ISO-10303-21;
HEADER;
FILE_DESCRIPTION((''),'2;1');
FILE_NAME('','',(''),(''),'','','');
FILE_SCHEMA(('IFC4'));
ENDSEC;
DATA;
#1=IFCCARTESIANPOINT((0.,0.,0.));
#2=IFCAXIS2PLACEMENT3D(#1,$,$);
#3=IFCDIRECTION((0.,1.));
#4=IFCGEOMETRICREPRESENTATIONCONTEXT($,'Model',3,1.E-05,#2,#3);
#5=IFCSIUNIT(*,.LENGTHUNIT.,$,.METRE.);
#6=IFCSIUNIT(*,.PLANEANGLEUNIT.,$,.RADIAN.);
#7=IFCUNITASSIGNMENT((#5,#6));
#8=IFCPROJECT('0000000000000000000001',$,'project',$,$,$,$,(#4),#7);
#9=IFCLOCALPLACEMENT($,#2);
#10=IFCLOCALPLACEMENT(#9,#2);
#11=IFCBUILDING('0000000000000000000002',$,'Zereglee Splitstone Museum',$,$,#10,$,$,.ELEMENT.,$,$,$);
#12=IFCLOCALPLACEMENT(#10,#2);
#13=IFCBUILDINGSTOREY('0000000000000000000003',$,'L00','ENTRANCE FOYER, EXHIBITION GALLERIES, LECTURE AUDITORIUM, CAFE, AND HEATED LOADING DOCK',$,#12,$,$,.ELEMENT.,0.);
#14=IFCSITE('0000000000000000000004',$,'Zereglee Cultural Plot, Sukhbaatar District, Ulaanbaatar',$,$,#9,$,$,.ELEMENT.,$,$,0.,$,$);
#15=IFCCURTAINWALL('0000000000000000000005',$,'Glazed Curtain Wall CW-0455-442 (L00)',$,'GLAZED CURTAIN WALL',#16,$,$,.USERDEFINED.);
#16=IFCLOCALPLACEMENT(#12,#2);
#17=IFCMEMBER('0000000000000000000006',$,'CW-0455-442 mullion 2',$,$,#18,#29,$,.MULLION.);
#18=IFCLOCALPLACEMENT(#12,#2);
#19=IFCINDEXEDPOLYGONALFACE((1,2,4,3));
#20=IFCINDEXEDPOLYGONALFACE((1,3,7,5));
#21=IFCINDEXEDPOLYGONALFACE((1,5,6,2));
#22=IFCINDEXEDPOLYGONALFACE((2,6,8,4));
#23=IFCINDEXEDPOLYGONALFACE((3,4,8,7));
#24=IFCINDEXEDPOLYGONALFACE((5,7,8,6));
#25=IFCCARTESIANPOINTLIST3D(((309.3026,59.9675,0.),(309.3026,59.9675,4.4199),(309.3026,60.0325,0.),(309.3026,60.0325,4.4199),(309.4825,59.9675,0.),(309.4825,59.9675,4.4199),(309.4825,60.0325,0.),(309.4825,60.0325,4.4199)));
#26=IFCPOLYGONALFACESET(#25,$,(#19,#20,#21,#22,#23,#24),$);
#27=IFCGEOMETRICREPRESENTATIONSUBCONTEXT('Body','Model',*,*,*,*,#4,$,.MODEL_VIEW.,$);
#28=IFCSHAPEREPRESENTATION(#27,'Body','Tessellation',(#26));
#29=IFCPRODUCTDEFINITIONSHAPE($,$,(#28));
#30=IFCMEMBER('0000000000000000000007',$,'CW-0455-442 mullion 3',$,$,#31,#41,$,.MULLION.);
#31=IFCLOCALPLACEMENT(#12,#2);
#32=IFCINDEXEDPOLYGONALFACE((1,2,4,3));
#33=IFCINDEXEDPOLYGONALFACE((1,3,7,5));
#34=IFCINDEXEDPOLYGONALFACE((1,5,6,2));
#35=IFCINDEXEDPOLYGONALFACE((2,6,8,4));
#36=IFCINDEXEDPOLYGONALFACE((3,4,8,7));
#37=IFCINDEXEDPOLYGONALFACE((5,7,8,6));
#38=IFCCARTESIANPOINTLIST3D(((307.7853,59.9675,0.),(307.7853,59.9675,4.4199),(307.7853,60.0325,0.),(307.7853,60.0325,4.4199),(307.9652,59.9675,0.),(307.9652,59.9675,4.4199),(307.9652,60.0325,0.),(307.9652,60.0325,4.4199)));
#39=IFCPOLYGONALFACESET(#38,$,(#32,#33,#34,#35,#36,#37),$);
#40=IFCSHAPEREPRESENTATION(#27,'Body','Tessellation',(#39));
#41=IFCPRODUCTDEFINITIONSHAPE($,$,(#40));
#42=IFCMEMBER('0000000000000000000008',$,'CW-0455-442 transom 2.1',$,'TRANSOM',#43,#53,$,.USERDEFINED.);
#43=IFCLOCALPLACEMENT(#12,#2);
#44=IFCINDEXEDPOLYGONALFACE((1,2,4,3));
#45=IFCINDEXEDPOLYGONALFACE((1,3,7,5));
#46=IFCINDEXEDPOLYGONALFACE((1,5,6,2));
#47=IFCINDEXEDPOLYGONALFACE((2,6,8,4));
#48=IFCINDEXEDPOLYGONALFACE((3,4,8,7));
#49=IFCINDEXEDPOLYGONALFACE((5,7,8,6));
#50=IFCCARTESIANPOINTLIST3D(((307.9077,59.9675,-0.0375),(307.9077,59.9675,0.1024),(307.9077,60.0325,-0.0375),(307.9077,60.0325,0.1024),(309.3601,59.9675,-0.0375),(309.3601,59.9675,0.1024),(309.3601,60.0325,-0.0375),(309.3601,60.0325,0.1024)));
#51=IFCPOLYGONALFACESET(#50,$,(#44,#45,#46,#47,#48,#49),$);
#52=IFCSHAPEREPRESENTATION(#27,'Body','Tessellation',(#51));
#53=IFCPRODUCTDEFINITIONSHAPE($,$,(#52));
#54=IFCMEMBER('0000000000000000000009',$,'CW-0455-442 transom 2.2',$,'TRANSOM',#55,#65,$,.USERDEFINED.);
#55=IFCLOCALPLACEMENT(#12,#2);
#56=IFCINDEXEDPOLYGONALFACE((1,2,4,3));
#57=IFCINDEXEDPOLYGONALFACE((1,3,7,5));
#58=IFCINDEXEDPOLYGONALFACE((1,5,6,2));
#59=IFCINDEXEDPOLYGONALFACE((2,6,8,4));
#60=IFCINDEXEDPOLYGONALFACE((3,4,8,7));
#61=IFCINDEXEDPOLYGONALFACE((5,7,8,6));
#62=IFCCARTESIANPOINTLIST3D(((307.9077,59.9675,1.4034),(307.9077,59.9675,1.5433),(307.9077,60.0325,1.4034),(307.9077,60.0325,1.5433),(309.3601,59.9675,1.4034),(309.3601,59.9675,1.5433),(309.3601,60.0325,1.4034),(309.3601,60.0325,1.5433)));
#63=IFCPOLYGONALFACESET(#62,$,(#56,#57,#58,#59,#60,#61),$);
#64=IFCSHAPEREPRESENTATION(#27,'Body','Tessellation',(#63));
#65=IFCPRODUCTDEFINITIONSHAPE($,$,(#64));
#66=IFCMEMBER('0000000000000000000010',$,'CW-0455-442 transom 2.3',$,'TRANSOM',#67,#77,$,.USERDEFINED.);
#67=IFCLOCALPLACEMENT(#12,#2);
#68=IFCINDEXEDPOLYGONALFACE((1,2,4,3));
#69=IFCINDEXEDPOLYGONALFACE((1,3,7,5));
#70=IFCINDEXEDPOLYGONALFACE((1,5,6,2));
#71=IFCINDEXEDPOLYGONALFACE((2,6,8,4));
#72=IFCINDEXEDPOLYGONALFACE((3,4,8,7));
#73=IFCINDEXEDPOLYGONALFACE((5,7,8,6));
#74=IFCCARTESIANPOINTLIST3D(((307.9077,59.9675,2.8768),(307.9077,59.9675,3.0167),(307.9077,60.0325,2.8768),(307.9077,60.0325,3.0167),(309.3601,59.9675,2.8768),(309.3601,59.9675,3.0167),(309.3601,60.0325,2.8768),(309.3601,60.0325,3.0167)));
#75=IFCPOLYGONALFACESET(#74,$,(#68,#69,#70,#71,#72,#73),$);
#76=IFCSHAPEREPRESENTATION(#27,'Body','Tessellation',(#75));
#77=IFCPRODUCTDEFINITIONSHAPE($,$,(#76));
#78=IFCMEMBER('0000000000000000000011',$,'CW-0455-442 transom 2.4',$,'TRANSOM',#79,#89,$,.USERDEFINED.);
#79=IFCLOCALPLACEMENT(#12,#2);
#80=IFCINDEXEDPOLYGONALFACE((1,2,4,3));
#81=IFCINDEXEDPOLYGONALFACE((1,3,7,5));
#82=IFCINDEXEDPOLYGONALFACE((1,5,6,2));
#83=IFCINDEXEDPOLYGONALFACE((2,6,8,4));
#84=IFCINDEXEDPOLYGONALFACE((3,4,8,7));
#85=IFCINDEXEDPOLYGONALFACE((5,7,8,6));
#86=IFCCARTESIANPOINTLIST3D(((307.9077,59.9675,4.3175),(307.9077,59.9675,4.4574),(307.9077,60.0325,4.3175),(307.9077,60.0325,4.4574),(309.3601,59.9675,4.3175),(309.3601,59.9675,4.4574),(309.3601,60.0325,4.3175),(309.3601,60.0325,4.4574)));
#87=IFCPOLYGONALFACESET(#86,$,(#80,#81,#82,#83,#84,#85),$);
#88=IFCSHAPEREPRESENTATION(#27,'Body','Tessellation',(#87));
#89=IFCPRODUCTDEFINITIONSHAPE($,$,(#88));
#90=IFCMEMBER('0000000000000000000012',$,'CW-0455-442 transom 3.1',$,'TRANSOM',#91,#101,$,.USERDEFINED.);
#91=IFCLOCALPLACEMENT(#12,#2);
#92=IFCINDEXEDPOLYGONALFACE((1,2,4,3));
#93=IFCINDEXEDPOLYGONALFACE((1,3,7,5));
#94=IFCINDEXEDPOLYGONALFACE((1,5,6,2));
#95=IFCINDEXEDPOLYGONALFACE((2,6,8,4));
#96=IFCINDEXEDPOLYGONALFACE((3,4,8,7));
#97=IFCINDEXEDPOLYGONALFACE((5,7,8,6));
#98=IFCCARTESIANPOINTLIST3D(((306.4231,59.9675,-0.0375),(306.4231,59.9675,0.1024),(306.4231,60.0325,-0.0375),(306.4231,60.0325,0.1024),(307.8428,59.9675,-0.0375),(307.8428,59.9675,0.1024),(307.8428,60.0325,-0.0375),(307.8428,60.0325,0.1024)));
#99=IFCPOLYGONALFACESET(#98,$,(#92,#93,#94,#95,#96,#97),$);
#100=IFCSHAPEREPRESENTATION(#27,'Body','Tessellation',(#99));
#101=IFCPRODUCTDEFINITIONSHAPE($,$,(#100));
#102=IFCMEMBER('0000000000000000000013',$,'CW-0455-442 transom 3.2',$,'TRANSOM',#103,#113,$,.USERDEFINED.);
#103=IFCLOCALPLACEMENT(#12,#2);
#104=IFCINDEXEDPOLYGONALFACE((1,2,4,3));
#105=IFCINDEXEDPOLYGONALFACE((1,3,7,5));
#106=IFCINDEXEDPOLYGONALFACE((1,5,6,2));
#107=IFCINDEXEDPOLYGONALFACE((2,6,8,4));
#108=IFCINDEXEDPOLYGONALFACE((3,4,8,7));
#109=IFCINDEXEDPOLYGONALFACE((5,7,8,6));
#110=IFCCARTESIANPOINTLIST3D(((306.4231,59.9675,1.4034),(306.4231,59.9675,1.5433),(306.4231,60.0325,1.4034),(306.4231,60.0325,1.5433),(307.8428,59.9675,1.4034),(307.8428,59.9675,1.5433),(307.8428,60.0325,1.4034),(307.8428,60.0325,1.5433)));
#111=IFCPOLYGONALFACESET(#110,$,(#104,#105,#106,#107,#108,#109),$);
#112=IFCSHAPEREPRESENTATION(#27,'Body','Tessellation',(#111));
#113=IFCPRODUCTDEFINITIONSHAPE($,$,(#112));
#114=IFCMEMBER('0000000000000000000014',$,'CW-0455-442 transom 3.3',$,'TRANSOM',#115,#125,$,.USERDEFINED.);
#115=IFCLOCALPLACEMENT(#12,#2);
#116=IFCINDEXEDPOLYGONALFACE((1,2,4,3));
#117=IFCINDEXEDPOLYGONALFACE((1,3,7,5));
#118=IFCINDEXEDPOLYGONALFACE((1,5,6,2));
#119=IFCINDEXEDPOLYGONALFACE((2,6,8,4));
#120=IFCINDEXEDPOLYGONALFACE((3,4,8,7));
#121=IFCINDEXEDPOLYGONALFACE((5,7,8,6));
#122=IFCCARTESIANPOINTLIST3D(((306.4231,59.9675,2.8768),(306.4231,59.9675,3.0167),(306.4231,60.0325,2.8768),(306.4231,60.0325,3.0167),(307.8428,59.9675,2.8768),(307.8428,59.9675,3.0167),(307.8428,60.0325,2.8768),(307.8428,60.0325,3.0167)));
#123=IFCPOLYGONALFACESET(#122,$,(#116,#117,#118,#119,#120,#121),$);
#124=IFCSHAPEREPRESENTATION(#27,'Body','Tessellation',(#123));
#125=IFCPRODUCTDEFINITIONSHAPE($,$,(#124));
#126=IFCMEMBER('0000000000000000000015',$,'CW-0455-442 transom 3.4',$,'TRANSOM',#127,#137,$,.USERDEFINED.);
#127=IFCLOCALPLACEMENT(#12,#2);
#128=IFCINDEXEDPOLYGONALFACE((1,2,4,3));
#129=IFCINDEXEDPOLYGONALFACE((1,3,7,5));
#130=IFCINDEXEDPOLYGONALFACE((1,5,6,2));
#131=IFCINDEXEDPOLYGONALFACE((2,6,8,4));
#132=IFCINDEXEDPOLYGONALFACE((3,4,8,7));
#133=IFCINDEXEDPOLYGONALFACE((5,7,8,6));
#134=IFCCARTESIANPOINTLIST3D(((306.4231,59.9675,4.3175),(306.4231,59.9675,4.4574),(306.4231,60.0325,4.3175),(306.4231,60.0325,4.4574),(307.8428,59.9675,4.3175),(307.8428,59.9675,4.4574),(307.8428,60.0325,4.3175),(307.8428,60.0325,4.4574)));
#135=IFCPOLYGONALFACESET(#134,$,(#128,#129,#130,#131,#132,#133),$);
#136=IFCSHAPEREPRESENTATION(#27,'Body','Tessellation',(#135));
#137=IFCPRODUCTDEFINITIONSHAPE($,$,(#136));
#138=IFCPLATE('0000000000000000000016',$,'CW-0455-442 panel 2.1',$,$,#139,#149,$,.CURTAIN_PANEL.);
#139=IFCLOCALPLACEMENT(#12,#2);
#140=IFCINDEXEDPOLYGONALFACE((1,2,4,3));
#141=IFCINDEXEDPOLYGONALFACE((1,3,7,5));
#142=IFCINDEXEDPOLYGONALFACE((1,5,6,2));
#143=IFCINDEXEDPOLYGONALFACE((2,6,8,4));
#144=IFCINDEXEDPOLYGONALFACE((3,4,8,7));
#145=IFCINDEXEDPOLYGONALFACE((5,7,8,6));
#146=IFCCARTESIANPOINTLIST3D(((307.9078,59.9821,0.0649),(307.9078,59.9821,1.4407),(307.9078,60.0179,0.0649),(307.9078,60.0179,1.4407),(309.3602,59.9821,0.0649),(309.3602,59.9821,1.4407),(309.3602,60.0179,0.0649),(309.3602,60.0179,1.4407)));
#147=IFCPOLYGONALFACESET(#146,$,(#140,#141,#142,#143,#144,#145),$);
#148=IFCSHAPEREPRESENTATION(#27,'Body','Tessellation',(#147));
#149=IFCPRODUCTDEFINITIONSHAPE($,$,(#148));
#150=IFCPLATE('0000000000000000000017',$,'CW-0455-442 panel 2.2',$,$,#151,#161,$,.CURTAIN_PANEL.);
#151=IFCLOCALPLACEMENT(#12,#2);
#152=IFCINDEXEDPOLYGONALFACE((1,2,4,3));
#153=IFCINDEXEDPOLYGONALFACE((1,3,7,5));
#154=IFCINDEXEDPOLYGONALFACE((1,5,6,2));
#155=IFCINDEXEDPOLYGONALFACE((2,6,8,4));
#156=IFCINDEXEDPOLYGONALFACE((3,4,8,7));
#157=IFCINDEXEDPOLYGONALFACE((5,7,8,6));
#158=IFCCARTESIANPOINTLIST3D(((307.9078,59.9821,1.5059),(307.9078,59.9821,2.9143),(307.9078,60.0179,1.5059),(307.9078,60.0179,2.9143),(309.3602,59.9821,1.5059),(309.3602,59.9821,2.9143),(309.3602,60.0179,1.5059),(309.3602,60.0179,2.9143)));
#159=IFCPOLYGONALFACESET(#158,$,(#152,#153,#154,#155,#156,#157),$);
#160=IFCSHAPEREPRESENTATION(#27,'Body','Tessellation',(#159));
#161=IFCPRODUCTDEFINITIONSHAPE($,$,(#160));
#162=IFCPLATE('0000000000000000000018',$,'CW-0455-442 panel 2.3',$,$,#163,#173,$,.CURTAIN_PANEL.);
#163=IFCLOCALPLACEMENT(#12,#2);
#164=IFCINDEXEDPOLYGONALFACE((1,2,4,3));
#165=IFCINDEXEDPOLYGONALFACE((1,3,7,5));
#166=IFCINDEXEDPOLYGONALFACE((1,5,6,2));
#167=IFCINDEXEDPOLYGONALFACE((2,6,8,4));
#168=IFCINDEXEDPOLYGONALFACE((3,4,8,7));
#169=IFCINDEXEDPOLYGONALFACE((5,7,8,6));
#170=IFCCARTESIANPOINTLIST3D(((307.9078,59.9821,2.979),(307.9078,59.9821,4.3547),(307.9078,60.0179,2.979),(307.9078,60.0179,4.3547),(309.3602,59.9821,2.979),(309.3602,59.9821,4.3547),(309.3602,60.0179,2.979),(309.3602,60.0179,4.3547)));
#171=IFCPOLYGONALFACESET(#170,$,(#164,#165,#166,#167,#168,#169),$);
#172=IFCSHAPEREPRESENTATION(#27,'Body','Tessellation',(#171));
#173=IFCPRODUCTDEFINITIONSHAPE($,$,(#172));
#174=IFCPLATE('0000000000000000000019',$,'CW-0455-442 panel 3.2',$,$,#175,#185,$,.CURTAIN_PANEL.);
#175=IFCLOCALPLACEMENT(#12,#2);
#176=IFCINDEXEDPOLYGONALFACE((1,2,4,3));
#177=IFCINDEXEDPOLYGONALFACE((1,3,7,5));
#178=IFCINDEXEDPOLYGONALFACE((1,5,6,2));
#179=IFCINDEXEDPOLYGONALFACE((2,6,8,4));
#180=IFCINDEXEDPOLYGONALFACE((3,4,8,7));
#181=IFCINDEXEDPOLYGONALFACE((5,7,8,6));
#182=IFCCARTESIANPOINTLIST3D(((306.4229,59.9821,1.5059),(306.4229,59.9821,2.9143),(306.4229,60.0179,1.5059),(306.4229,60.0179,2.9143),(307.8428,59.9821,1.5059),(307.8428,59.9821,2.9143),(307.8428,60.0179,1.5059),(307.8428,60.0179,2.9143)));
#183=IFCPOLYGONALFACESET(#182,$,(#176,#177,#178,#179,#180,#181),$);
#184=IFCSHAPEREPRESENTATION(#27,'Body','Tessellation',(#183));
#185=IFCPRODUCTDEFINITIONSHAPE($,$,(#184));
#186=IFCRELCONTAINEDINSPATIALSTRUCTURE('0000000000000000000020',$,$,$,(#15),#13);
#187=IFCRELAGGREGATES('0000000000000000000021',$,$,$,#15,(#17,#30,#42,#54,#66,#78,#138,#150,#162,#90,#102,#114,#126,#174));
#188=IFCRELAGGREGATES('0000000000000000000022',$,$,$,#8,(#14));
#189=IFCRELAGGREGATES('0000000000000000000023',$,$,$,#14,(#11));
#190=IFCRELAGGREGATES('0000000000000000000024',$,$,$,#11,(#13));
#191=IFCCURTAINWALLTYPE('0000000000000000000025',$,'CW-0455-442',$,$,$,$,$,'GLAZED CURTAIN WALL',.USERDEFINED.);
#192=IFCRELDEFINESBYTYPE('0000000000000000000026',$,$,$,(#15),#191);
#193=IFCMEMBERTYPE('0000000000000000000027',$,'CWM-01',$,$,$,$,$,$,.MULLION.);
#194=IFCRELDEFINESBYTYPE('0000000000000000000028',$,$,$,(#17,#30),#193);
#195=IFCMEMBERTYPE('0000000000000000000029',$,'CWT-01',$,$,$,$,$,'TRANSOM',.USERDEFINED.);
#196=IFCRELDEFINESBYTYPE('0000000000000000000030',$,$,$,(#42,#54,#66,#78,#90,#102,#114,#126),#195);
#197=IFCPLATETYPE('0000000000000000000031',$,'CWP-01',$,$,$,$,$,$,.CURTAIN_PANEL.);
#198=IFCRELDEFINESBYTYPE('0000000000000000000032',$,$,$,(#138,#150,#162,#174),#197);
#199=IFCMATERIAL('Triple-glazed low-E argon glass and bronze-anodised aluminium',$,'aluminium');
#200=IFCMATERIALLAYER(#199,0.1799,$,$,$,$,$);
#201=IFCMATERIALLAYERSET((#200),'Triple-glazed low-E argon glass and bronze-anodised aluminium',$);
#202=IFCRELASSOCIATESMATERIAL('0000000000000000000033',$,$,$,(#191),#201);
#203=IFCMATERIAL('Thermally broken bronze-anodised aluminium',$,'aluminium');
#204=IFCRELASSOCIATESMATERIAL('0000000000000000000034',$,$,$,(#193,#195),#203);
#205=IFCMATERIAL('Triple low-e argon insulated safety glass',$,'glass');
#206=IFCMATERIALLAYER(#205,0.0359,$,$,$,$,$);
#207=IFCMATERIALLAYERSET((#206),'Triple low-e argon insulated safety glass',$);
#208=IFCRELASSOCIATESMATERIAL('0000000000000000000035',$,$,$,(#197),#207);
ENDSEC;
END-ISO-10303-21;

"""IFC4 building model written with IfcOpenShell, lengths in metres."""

from ifc_helpers import new_model, si_unit, direction, frame, origin, origin_2d, place, context, subcontext, project, spatial, rectangle, extrude, material, layer, layer_set, material_profile, profile_set, type_object, element, aggregate, save


model = new_model("IFC4")

# Units and contexts
model_context = context("Model", 3, precision=1e-05, world=origin(), true_north=direction((0.0, 1.0)))
body_context = subcontext(model_context, "Body", "Model", "MODEL_VIEW")
ifc_project = project(units=[si_unit("LENGTHUNIT", "METRE"), si_unit("PLANEANGLEUNIT", "RADIAN")], contexts=[model_context])

# Site, building, storey
site_placement = place(None, origin())
site = spatial("IfcSite", under=ifc_project, at=site_placement, Name="Zereglee Cultural Plot, Sukhbaatar District, Ulaanbaatar", CompositionType="ELEMENT", RefElevation=0.0)
building_placement = place(site_placement, origin())
building = spatial("IfcBuilding", under=site, at=building_placement, Name="Zereglee Splitstone Museum", CompositionType="ELEMENT")
storey_placement = place(building_placement, origin())
storey = spatial("IfcBuildingStorey", under=building, at=storey_placement, Name="L00", Description="ENTRANCE FOYER, EXHIBITION GALLERIES, LECTURE AUDITORIUM, CAFE, AND HEATED LOADING DOCK", CompositionType="ELEMENT", Elevation=0.0)

# Curtain wall, members, plates
ifc_material_1 = material(Name="Triple-glazed low-E argon glass and bronze-anodised aluminium", Category="aluminium")
ifc_layer_1 = layer(ifc_material_1, 0.1799)
ifc_layer_set_1 = layer_set([ifc_layer_1], Name="Triple-glazed low-E argon glass and bronze-anodised aluminium")
curtain_wall_type = type_object("IfcCurtainWallType", Name="CW-0455-442", ElementType="GLAZED CURTAIN WALL", PredefinedType="USERDEFINED", material=ifc_layer_set_1)
curtain_wall_placement = place(storey_placement, origin())
curtain_wall = element("IfcCurtainWall", 1, at=curtain_wall_placement, inside=storey, type_object=curtain_wall_type, Name="Glazed Curtain Wall CW-0455-442 (L00)", ObjectType="GLAZED CURTAIN WALL", PredefinedType="USERDEFINED")
ifc_material_2 = material(Name="Thermally broken bronze-anodised aluminium", Category="aluminium")
ifc_material_profile_1 = material_profile(ifc_material_2, rectangle(XDim=0.0649, YDim=0.1799, at=origin_2d()), Name="CW MULL 65x180")
ifc_profile_set_1 = profile_set([ifc_material_profile_1], Name="Thermally broken bronze-anodised aluminium")
member_type_1 = type_object("IfcMemberType", Name="CWM-01", PredefinedType="MULLION", material=ifc_profile_set_1)
member_1_placement = place(storey_placement, frame((309.3926, 60.0, 0.0), z_axis=(0.0, 0.0, 1.0), x_axis=(0.0, -1.0, 0.0)))
member_1 = element("IfcMember", 2, at=member_1_placement, type_object=member_type_1, Name="CW-0455-442 mullion 2", PredefinedType="MULLION", context=body_context, shape_type="SweptSolid", body=[
    extrude(rectangle(XDim=0.0649, YDim=0.1799, at=origin_2d()), origin(), (0.0, 0.0, 1.0), 4.4199),
])
member_2_placement = place(storey_placement, frame((307.8752, 60.0, 0.0), z_axis=(0.0, 0.0, 1.0), x_axis=(0.0, -1.0, 0.0)))
member_2 = element("IfcMember", 3, at=member_2_placement, type_object=member_type_1, Name="CW-0455-442 mullion 3", PredefinedType="MULLION", context=body_context, shape_type="SweptSolid", body=[
    extrude(rectangle(XDim=0.0649, YDim=0.1799, at=origin_2d()), origin(), (0.0, 0.0, 1.0), 4.4199),
])
ifc_material_profile_2 = material_profile(ifc_material_2, rectangle(XDim=0.0649, YDim=0.1399, at=origin_2d()), Name="CW TRAN 65x140")
ifc_profile_set_2 = profile_set([ifc_material_profile_2], Name="Thermally broken bronze-anodised aluminium")
member_type_2 = type_object("IfcMemberType", Name="CWT-01", ElementType="TRANSOM", PredefinedType="USERDEFINED", material=ifc_profile_set_2)
member_3_placement = place(storey_placement, frame((309.3601, 60.0, 0.0325), z_axis=(-1.0, 0.0, 0.0), x_axis=(0.0, -1.0, 0.0)))
member_3 = element("IfcMember", 4, at=member_3_placement, type_object=member_type_2, Name="CW-0455-442 transom 2.1", ObjectType="TRANSOM", PredefinedType="USERDEFINED", context=body_context, shape_type="SweptSolid", body=[
    extrude(rectangle(XDim=0.0649, YDim=0.1399, at=origin_2d()), origin(), (0.0, 0.0, 1.0), 1.4524),
])
member_4_placement = place(storey_placement, frame((309.3601, 60.0, 1.4734), z_axis=(-1.0, 0.0, 0.0), x_axis=(0.0, -1.0, 0.0)))
member_4 = element("IfcMember", 5, at=member_4_placement, type_object=member_type_2, Name="CW-0455-442 transom 2.2", ObjectType="TRANSOM", PredefinedType="USERDEFINED", context=body_context, shape_type="SweptSolid", body=[
    extrude(rectangle(XDim=0.0649, YDim=0.1399, at=origin_2d()), origin(), (0.0, 0.0, 1.0), 1.4524),
])
member_5_placement = place(storey_placement, frame((309.3601, 60.0, 2.9468), z_axis=(-1.0, 0.0, 0.0), x_axis=(0.0, -1.0, 0.0)))
member_5 = element("IfcMember", 6, at=member_5_placement, type_object=member_type_2, Name="CW-0455-442 transom 2.3", ObjectType="TRANSOM", PredefinedType="USERDEFINED", context=body_context, shape_type="SweptSolid", body=[
    extrude(rectangle(XDim=0.0649, YDim=0.1399, at=origin_2d()), origin(), (0.0, 0.0, 1.0), 1.4524),
])
member_6_placement = place(storey_placement, frame((309.3601, 60.0, 4.3875), z_axis=(-1.0, 0.0, 0.0), x_axis=(0.0, -1.0, 0.0)))
member_6 = element("IfcMember", 7, at=member_6_placement, type_object=member_type_2, Name="CW-0455-442 transom 2.4", ObjectType="TRANSOM", PredefinedType="USERDEFINED", context=body_context, shape_type="SweptSolid", body=[
    extrude(rectangle(XDim=0.0649, YDim=0.1399, at=origin_2d()), origin(), (0.0, 0.0, 1.0), 1.4524),
])
member_7_placement = place(storey_placement, frame((307.8428, 60.0, 0.0325), z_axis=(-1.0, 0.0, 0.0), x_axis=(0.0, -1.0, 0.0)))
member_7 = element("IfcMember", 8, at=member_7_placement, type_object=member_type_2, Name="CW-0455-442 transom 3.1", ObjectType="TRANSOM", PredefinedType="USERDEFINED", context=body_context, shape_type="SweptSolid", body=[
    extrude(rectangle(XDim=0.0649, YDim=0.1399, at=origin_2d()), origin(), (0.0, 0.0, 1.0), 1.4197),
])
member_8_placement = place(storey_placement, frame((307.8428, 60.0, 1.4734), z_axis=(-1.0, 0.0, 0.0), x_axis=(0.0, -1.0, 0.0)))
member_8 = element("IfcMember", 9, at=member_8_placement, type_object=member_type_2, Name="CW-0455-442 transom 3.2", ObjectType="TRANSOM", PredefinedType="USERDEFINED", context=body_context, shape_type="SweptSolid", body=[
    extrude(rectangle(XDim=0.0649, YDim=0.1399, at=origin_2d()), origin(), (0.0, 0.0, 1.0), 1.4197),
])
member_9_placement = place(storey_placement, frame((307.8428, 60.0, 2.9468), z_axis=(-1.0, 0.0, 0.0), x_axis=(0.0, -1.0, 0.0)))
member_9 = element("IfcMember", 10, at=member_9_placement, type_object=member_type_2, Name="CW-0455-442 transom 3.3", ObjectType="TRANSOM", PredefinedType="USERDEFINED", context=body_context, shape_type="SweptSolid", body=[
    extrude(rectangle(XDim=0.0649, YDim=0.1399, at=origin_2d()), origin(), (0.0, 0.0, 1.0), 1.4197),
])
member_10_placement = place(storey_placement, frame((307.8428, 60.0, 4.3875), z_axis=(-1.0, 0.0, 0.0), x_axis=(0.0, -1.0, 0.0)))
member_10 = element("IfcMember", 11, at=member_10_placement, type_object=member_type_2, Name="CW-0455-442 transom 3.4", ObjectType="TRANSOM", PredefinedType="USERDEFINED", context=body_context, shape_type="SweptSolid", body=[
    extrude(rectangle(XDim=0.0649, YDim=0.1399, at=origin_2d()), origin(), (0.0, 0.0, 1.0), 1.4197),
])
ifc_material_3 = material(Name="Triple low-e argon insulated safety glass", Category="glass")
ifc_layer_2 = layer(ifc_material_3, 0.0359)
ifc_layer_set_2 = layer_set([ifc_layer_2], Name="Triple low-e argon insulated safety glass")
plate_type = type_object("IfcPlateType", Name="CWP-01", PredefinedType="CURTAIN_PANEL", material=ifc_layer_set_2)
plate_1_placement = place(storey_placement, frame((308.634, 60.0, 0.0649), z_axis=(0.0, 0.0, 1.0), x_axis=(-1.0, 0.0, 0.0)))
plate_1 = element("IfcPlate", 12, at=plate_1_placement, type_object=plate_type, Name="CW-0455-442 panel 2.1", PredefinedType="CURTAIN_PANEL", context=body_context, shape_type="SweptSolid", body=[
    extrude(rectangle(XDim=1.4524, YDim=0.0359, at=origin_2d()), origin(), (0.0, 0.0, 1.0), 1.3757),
])
plate_2_placement = place(storey_placement, frame((308.634, 60.0, 1.5059), z_axis=(0.0, 0.0, 1.0), x_axis=(-1.0, 0.0, 0.0)))
plate_2 = element("IfcPlate", 13, at=plate_2_placement, type_object=plate_type, Name="CW-0455-442 panel 2.2", PredefinedType="CURTAIN_PANEL", context=body_context, shape_type="SweptSolid", body=[
    extrude(rectangle(XDim=1.4524, YDim=0.0359, at=origin_2d()), origin(), (0.0, 0.0, 1.0), 1.4084),
])
plate_3_placement = place(storey_placement, frame((308.634, 60.0, 2.979), z_axis=(0.0, 0.0, 1.0), x_axis=(-1.0, 0.0, 0.0)))
plate_3 = element("IfcPlate", 14, at=plate_3_placement, type_object=plate_type, Name="CW-0455-442 panel 2.3", PredefinedType="CURTAIN_PANEL", context=body_context, shape_type="SweptSolid", body=[
    extrude(rectangle(XDim=1.4524, YDim=0.0359, at=origin_2d()), origin(), (0.0, 0.0, 1.0), 1.3757),
])
plate_4_placement = place(storey_placement, frame((307.1328, 60.0, 1.5059), z_axis=(0.0, 0.0, 1.0), x_axis=(-1.0, 0.0, 0.0)))
plate_4 = element("IfcPlate", 15, at=plate_4_placement, type_object=plate_type, Name="CW-0455-442 panel 3.2", PredefinedType="CURTAIN_PANEL", context=body_context, shape_type="SweptSolid", body=[
    extrude(rectangle(XDim=1.4199, YDim=0.0359, at=origin_2d()), origin(), (0.0, 0.0, 1.0), 1.4084),
])
aggregate(curtain_wall, [member_1, member_2, member_3, member_4, member_5, member_6, plate_1, plate_2, plate_3, member_7, member_8, member_9, member_10, plate_4])

save(model, "model.ifc")
